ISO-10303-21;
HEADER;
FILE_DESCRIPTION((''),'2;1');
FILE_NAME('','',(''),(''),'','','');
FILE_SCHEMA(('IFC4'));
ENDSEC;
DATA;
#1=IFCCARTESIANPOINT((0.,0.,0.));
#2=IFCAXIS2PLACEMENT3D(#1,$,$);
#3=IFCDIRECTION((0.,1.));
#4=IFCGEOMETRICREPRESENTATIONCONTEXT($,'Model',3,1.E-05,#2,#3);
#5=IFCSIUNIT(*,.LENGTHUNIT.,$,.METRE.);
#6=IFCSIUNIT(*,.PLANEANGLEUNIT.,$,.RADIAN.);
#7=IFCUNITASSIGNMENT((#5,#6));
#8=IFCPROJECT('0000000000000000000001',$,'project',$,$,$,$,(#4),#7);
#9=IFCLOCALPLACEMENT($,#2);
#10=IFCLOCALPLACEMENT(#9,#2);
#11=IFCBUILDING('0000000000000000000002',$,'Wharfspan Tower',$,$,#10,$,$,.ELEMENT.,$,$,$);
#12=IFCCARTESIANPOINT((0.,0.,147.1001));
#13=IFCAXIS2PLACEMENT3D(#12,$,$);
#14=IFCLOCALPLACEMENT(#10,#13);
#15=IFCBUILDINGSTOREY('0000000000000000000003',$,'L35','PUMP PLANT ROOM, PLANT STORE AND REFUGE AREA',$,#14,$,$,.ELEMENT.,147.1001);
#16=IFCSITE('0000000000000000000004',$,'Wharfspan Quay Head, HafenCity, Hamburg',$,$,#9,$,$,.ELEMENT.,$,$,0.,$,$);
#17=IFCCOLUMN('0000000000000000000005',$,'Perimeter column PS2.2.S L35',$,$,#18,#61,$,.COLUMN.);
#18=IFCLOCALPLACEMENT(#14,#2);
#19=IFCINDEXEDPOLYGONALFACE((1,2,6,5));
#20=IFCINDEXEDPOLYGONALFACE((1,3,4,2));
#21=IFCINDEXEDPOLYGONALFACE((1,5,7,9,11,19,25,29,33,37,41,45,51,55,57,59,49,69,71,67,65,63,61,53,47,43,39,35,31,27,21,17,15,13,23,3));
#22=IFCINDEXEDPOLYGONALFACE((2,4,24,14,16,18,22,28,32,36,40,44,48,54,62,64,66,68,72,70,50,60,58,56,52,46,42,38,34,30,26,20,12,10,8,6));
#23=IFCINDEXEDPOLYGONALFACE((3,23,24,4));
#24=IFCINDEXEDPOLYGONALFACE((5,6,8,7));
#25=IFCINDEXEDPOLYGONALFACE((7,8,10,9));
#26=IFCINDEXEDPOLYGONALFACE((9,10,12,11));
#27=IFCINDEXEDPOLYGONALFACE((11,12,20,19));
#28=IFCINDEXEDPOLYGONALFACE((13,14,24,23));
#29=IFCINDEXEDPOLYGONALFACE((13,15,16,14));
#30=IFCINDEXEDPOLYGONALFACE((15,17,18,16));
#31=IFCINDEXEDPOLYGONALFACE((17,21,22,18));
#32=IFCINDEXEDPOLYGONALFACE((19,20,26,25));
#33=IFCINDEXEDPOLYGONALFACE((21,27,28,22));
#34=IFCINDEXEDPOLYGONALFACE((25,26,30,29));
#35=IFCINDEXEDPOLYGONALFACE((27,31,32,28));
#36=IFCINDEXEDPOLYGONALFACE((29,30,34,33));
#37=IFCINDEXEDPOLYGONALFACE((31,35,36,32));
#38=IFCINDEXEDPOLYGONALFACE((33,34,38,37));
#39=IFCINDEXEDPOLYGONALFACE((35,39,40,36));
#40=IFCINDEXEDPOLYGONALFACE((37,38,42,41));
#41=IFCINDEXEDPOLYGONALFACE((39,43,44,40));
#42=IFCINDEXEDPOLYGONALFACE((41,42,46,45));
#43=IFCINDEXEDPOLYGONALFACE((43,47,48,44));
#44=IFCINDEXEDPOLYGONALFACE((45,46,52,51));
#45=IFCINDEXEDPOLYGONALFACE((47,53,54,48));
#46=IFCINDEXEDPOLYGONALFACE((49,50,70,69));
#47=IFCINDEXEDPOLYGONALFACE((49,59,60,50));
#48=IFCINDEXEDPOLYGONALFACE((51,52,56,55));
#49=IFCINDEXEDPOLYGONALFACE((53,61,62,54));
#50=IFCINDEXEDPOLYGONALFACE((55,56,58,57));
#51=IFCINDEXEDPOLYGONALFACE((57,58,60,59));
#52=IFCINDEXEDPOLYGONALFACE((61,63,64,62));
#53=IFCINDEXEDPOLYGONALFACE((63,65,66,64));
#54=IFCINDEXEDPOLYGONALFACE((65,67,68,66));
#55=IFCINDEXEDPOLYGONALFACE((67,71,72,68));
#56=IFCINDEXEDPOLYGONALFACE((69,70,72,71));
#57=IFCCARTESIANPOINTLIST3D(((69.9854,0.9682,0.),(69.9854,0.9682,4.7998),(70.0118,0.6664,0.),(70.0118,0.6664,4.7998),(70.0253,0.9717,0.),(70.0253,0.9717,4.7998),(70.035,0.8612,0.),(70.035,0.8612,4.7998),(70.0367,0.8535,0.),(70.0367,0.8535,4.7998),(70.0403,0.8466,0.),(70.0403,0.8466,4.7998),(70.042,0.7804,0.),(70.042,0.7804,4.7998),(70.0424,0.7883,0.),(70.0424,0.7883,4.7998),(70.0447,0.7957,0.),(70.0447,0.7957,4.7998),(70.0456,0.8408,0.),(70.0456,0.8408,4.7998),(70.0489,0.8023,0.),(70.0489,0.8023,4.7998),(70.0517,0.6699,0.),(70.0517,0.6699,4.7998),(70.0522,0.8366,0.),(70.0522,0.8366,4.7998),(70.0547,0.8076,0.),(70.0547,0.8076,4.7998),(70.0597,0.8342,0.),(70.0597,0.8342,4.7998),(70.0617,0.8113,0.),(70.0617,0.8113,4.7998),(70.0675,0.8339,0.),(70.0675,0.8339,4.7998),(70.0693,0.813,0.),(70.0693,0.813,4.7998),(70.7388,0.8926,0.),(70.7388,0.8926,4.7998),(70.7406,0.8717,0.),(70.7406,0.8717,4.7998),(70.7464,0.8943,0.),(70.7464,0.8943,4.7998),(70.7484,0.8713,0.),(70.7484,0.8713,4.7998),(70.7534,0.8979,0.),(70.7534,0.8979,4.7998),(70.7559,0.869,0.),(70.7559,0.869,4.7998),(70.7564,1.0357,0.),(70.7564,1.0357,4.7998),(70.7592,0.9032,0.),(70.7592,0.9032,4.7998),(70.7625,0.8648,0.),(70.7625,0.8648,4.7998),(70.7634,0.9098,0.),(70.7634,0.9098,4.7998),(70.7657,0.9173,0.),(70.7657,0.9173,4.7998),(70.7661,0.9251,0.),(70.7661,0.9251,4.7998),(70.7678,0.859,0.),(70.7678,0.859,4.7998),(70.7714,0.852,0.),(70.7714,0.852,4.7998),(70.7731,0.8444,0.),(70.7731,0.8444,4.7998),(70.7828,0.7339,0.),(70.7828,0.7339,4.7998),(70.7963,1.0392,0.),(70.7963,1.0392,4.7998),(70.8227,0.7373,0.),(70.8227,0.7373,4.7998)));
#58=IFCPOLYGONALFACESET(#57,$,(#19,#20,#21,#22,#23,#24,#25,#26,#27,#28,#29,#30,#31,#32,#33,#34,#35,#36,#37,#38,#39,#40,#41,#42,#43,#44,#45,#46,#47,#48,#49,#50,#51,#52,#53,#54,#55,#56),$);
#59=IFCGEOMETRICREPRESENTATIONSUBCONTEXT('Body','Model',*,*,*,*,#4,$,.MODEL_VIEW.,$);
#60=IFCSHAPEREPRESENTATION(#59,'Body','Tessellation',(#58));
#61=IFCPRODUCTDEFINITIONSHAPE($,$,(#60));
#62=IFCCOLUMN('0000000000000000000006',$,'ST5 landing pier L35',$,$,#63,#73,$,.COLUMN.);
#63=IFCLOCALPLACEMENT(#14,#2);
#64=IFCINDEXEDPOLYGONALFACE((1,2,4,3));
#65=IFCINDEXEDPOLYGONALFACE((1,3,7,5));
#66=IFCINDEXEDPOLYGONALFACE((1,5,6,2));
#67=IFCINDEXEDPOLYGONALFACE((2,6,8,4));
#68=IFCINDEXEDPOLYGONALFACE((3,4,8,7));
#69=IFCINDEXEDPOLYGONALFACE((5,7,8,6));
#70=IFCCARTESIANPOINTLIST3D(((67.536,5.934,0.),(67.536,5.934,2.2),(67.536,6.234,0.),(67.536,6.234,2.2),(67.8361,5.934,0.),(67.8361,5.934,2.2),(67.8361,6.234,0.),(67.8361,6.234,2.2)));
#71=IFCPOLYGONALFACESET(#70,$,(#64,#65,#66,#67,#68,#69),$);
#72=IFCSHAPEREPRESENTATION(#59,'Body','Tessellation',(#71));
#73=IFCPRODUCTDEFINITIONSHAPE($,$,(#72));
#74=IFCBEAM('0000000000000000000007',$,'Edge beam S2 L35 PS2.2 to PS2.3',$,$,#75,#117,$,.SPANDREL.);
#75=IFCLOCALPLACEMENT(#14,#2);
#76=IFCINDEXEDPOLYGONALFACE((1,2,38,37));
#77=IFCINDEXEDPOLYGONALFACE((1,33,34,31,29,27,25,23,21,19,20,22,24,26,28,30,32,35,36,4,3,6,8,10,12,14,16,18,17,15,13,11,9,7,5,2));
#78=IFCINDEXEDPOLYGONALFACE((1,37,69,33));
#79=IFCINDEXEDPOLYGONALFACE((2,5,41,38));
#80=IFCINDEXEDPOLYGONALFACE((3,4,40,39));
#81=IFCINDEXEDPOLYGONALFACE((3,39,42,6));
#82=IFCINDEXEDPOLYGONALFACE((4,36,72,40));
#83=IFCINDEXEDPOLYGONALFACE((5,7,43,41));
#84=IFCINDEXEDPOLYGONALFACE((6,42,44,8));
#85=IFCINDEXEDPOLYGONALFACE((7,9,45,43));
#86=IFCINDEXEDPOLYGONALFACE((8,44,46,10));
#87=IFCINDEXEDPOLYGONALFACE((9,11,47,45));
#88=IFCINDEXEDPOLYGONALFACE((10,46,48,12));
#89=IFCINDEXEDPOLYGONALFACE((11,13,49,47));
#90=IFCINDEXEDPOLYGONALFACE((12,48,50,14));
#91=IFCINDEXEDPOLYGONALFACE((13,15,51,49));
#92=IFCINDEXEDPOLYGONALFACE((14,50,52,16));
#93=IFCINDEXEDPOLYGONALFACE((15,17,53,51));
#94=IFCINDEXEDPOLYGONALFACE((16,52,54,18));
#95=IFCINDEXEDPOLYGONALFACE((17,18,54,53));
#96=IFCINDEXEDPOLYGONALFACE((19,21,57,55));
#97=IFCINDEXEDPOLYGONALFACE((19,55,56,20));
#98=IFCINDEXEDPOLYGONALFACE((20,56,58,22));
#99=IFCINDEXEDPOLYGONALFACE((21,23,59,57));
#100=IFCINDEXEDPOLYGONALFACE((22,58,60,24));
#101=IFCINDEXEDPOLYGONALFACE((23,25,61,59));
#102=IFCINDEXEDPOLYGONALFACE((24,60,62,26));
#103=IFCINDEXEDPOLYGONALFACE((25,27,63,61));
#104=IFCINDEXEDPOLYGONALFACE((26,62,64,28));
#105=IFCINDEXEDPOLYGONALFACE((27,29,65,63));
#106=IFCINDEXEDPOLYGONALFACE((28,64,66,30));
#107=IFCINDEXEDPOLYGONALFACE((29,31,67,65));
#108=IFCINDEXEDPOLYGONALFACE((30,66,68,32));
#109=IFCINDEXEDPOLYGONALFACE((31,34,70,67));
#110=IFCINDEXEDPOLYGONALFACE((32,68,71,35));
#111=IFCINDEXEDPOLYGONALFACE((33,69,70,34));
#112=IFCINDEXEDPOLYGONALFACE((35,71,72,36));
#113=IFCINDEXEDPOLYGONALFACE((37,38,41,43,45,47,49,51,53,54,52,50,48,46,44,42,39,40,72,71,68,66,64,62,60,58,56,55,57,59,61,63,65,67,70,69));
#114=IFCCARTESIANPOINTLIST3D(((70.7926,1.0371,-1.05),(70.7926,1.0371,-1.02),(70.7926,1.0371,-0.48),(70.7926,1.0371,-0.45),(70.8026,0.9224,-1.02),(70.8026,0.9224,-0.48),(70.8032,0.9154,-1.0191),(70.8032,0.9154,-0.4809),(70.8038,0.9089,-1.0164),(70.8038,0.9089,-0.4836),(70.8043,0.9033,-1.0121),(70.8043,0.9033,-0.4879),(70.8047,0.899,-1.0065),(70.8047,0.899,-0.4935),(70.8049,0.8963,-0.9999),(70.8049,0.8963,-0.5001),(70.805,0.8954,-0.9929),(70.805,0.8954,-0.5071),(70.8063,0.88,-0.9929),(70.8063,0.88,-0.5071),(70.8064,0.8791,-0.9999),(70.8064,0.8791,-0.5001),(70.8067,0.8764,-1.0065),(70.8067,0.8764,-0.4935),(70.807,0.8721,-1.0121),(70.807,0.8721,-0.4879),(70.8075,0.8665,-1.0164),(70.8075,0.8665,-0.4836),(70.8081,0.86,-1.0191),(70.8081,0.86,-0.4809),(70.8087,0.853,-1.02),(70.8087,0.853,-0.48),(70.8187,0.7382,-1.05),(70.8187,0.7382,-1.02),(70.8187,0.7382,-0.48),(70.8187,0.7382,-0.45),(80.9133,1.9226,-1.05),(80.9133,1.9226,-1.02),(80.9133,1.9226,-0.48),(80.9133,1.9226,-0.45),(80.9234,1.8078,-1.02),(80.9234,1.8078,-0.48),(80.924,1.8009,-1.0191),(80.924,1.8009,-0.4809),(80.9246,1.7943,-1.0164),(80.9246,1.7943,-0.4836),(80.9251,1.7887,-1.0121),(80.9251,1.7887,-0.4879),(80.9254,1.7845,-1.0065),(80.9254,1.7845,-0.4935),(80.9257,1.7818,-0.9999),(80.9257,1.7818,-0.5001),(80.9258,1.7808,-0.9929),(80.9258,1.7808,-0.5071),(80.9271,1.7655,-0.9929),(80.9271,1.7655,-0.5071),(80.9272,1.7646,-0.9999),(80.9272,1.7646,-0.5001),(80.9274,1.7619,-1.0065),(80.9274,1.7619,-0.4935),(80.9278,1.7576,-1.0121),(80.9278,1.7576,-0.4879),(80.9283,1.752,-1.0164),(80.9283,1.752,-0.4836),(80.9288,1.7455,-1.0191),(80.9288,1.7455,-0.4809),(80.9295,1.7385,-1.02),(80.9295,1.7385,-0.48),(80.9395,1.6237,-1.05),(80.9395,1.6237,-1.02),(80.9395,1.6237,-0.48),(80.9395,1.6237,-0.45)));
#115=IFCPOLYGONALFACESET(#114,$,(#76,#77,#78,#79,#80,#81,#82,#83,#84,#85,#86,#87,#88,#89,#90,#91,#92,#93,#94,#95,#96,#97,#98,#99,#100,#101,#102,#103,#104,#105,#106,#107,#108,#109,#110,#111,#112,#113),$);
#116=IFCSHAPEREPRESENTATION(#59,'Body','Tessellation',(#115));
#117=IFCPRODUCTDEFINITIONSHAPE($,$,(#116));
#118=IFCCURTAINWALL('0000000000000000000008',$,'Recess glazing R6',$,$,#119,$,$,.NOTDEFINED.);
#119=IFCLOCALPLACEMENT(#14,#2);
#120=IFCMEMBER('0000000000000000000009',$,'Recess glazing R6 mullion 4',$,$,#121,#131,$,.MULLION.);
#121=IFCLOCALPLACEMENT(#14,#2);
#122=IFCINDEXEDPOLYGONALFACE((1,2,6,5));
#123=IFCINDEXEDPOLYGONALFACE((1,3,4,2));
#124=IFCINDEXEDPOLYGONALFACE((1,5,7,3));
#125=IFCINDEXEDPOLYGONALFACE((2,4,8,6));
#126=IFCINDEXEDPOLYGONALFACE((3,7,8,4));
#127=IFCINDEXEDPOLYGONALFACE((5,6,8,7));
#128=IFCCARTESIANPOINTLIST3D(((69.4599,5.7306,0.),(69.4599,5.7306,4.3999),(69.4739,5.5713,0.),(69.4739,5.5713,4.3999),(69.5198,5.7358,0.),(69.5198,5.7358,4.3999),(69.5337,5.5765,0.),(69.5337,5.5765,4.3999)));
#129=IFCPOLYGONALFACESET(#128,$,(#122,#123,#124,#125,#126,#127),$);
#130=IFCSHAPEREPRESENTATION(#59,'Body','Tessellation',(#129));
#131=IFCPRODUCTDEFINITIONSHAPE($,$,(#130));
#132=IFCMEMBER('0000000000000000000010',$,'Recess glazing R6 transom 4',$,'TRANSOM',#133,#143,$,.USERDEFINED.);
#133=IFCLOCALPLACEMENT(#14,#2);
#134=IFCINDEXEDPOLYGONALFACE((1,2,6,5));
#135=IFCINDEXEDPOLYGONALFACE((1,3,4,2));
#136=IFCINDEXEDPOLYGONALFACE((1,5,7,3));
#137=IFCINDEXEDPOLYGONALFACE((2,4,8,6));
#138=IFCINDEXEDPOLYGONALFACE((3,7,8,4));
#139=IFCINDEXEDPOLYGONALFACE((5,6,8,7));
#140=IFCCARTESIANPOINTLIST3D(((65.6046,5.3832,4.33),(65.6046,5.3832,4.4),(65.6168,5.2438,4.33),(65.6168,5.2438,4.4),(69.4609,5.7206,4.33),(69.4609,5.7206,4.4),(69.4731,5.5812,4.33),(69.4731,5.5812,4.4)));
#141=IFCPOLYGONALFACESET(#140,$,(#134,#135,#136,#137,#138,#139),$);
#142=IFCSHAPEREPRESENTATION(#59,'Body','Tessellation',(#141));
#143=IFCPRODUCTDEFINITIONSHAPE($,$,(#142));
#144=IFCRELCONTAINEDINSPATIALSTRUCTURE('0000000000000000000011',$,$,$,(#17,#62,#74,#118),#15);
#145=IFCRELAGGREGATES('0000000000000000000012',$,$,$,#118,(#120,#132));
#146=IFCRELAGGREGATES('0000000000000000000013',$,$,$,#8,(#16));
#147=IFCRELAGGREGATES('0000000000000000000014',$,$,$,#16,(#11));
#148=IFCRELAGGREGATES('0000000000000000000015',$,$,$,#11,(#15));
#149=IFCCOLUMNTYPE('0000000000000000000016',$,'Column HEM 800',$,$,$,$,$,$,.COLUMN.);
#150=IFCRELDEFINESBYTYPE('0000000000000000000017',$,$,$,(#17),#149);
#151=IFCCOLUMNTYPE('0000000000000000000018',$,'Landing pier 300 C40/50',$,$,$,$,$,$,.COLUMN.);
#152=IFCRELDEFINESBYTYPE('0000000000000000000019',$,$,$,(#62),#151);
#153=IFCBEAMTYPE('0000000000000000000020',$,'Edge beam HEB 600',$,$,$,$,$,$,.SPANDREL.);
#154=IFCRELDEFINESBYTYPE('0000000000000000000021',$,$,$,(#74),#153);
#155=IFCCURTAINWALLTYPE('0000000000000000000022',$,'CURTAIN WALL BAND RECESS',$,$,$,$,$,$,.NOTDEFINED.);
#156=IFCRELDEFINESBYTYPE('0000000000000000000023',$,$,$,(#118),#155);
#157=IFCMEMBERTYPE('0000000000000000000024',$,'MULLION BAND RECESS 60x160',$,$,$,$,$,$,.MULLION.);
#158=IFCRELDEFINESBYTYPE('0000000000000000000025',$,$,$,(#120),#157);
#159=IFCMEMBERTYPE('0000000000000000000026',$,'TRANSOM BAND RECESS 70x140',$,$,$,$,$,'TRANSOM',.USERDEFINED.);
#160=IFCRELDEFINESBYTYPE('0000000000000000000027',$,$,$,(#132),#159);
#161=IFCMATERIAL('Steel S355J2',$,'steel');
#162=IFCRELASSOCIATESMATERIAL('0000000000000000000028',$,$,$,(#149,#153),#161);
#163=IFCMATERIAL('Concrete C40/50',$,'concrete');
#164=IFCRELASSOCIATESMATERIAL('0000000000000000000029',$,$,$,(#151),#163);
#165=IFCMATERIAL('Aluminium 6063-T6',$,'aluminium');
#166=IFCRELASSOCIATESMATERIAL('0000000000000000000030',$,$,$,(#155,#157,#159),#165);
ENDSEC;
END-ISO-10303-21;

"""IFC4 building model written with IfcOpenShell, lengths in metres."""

from ifc_helpers import new_model, si_unit, direction, frame, origin, origin_2d, place, context, subcontext, project, spatial, rectangle, i_section, extrude, material, material_profile, profile_set, type_object, element, aggregate, save


model = new_model("IFC4")

# Units and contexts
model_context = context("Model", 3, precision=1e-05, world=origin(), true_north=direction((0.0, 1.0)))
body_context = subcontext(model_context, "Body", "Model", "MODEL_VIEW")
ifc_project = project(units=[si_unit("LENGTHUNIT", "METRE"), si_unit("PLANEANGLEUNIT", "RADIAN")], contexts=[model_context])

# Site, building, storey
site_placement = place(None, origin())
site = spatial("IfcSite", under=ifc_project, at=site_placement, Name="Wharfspan Quay Head, HafenCity, Hamburg", CompositionType="ELEMENT", RefElevation=0.0)
building_placement = place(site_placement, origin())
building = spatial("IfcBuilding", under=site, at=building_placement, Name="Wharfspan Tower", CompositionType="ELEMENT")
storey_placement = place(building_placement, frame((0.0, 0.0, 147.1001)))
storey = spatial("IfcBuildingStorey", under=building, at=storey_placement, Name="L35", Description="PUMP PLANT ROOM, PLANT STORE AND REFUGE AREA", CompositionType="ELEMENT", Elevation=147.1001)

# Columns
ifc_material_1 = material(Name="Steel S355J2", Category="steel")
ifc_material_profile_1 = material_profile(ifc_material_1, i_section(OverallWidth=0.303, OverallDepth=0.814, WebThickness=0.021, FlangeThickness=0.04, FilletRadius=0.03, at=origin_2d()))
ifc_profile_set_1 = profile_set([ifc_material_profile_1], Name="Steel S355J2")
column_type_1 = type_object("IfcColumnType", Name="Column HEM 800", PredefinedType="COLUMN", material=ifc_profile_set_1)
column_1_placement = place(storey_placement, frame((70.4041, 0.8528, 0.0), z_axis=(0.0, 0.0, 1.0), x_axis=(0.087156, -0.996198, 0.0)))
element("IfcColumn", 1, at=column_1_placement, inside=storey, type_object=column_type_1, Name="Perimeter column PS2.2.S L35", PredefinedType="COLUMN", context=body_context, shape_type="SweptSolid", body=[
    extrude(i_section(OverallWidth=0.303, OverallDepth=0.814, WebThickness=0.021, FlangeThickness=0.04, FilletRadius=0.03, at=origin_2d()), origin(), (0.0, 0.0, 1.0), 4.7998),
])
ifc_material_2 = material(Name="Concrete C40/50", Category="concrete")
ifc_material_profile_2 = material_profile(ifc_material_2, rectangle(XDim=0.3, YDim=0.3, at=origin_2d()))
ifc_profile_set_2 = profile_set([ifc_material_profile_2], Name="Concrete C40/50")
column_type_2 = type_object("IfcColumnType", Name="Landing pier 300 C40/50", PredefinedType="COLUMN", material=ifc_profile_set_2)
column_2_placement = place(storey_placement, frame((67.686, 6.084, 0.0), z_axis=(0.0, 0.0, 1.0), x_axis=(1.0, 0.0, 0.0)))
element("IfcColumn", 2, at=column_2_placement, inside=storey, type_object=column_type_2, Name="ST5 landing pier L35", PredefinedType="COLUMN", context=body_context, shape_type="SweptSolid", body=[
    extrude(rectangle(XDim=0.3, YDim=0.3, at=origin_2d()), origin(), (0.0, 0.0, 1.0), 2.2),
])

# Beam
ifc_material_profile_3 = material_profile(ifc_material_1, i_section(OverallWidth=0.3, OverallDepth=0.6001, WebThickness=0.0154, FlangeThickness=0.03, FilletRadius=0.0271, at=origin_2d()))
ifc_profile_set_3 = profile_set([ifc_material_profile_3], Name="Steel S355J2")
beam_type = type_object("IfcBeamType", Name="Edge beam HEB 600", PredefinedType="SPANDREL", material=ifc_profile_set_3)
beam_placement = place(storey_placement, frame((70.8057, 0.8877, -0.75), z_axis=(0.996194, 0.087159, 0.0), x_axis=(-0.087159, 0.996194, 0.0)))
element("IfcBeam", 3, at=beam_placement, inside=storey, type_object=beam_type, Name="Edge beam S2 L35 PS2.2 to PS2.3", PredefinedType="SPANDREL", context=body_context, shape_type="SweptSolid", body=[
    extrude(i_section(OverallWidth=0.3, OverallDepth=0.6001, WebThickness=0.0154, FlangeThickness=0.03, FilletRadius=0.0271, at=origin_2d()), origin(), (0.0, 0.0, 1.0), 10.1594),
])

# Curtain wall, members
ifc_material_3 = material(Name="Aluminium 6063-T6", Category="aluminium")
curtain_wall_type = type_object("IfcCurtainWallType", Name="CURTAIN WALL BAND RECESS", PredefinedType="NOTDEFINED", material=ifc_material_3)
curtain_wall_placement = place(storey_placement, origin())
curtain_wall = element("IfcCurtainWall", 4, at=curtain_wall_placement, inside=storey, type_object=curtain_wall_type, Name="Recess glazing R6", PredefinedType="NOTDEFINED")
ifc_material_profile_4 = material_profile(ifc_material_3, rectangle(XDim=0.1599, YDim=0.0601, at=origin_2d()))
ifc_profile_set_4 = profile_set([ifc_material_profile_4], Name="Aluminium 6063-T6")
member_type_1 = type_object("IfcMemberType", Name="MULLION BAND RECESS 60x160", PredefinedType="MULLION", material=ifc_profile_set_4)
member_1_placement = place(storey_placement, frame((69.4968, 5.6536, 0.0), z_axis=(0.0, 0.0, 1.0), x_axis=(0.087156, -0.996198, 0.0)))
member_1 = element("IfcMember", 5, at=member_1_placement, type_object=member_type_1, Name="Recess glazing R6 mullion 4", PredefinedType="MULLION", context=body_context, shape_type="SweptSolid", body=[
    extrude(rectangle(XDim=0.1599, YDim=0.0601, at=origin_2d()), origin(), (0.0, 0.0, 1.0), 4.3999),
])
ifc_material_profile_5 = material_profile(ifc_material_3, rectangle(XDim=0.1399, YDim=0.0701, at=origin_2d()))
ifc_profile_set_5 = profile_set([ifc_material_profile_5], Name="Aluminium 6063-T6")
member_type_2 = type_object("IfcMemberType", Name="TRANSOM BAND RECESS 70x140", ElementType="TRANSOM", PredefinedType="USERDEFINED", material=ifc_profile_set_5)
member_2_placement = place(storey_placement, frame((69.467, 5.6509, 4.365), z_axis=(-0.996195, -0.087158, 0.0), x_axis=(0.087158, -0.996195, 0.0)))
member_2 = element("IfcMember", 6, at=member_2_placement, type_object=member_type_2, Name="Recess glazing R6 transom 4", ObjectType="TRANSOM", PredefinedType="USERDEFINED", context=body_context, shape_type="SweptSolid", body=[
    extrude(rectangle(XDim=0.1399, YDim=0.0701, at=origin_2d()), origin(), (0.0, 0.0, 1.0), 3.8711),
])

aggregate(curtain_wall, [member_1, member_2])

save(model, "model.ifc")
